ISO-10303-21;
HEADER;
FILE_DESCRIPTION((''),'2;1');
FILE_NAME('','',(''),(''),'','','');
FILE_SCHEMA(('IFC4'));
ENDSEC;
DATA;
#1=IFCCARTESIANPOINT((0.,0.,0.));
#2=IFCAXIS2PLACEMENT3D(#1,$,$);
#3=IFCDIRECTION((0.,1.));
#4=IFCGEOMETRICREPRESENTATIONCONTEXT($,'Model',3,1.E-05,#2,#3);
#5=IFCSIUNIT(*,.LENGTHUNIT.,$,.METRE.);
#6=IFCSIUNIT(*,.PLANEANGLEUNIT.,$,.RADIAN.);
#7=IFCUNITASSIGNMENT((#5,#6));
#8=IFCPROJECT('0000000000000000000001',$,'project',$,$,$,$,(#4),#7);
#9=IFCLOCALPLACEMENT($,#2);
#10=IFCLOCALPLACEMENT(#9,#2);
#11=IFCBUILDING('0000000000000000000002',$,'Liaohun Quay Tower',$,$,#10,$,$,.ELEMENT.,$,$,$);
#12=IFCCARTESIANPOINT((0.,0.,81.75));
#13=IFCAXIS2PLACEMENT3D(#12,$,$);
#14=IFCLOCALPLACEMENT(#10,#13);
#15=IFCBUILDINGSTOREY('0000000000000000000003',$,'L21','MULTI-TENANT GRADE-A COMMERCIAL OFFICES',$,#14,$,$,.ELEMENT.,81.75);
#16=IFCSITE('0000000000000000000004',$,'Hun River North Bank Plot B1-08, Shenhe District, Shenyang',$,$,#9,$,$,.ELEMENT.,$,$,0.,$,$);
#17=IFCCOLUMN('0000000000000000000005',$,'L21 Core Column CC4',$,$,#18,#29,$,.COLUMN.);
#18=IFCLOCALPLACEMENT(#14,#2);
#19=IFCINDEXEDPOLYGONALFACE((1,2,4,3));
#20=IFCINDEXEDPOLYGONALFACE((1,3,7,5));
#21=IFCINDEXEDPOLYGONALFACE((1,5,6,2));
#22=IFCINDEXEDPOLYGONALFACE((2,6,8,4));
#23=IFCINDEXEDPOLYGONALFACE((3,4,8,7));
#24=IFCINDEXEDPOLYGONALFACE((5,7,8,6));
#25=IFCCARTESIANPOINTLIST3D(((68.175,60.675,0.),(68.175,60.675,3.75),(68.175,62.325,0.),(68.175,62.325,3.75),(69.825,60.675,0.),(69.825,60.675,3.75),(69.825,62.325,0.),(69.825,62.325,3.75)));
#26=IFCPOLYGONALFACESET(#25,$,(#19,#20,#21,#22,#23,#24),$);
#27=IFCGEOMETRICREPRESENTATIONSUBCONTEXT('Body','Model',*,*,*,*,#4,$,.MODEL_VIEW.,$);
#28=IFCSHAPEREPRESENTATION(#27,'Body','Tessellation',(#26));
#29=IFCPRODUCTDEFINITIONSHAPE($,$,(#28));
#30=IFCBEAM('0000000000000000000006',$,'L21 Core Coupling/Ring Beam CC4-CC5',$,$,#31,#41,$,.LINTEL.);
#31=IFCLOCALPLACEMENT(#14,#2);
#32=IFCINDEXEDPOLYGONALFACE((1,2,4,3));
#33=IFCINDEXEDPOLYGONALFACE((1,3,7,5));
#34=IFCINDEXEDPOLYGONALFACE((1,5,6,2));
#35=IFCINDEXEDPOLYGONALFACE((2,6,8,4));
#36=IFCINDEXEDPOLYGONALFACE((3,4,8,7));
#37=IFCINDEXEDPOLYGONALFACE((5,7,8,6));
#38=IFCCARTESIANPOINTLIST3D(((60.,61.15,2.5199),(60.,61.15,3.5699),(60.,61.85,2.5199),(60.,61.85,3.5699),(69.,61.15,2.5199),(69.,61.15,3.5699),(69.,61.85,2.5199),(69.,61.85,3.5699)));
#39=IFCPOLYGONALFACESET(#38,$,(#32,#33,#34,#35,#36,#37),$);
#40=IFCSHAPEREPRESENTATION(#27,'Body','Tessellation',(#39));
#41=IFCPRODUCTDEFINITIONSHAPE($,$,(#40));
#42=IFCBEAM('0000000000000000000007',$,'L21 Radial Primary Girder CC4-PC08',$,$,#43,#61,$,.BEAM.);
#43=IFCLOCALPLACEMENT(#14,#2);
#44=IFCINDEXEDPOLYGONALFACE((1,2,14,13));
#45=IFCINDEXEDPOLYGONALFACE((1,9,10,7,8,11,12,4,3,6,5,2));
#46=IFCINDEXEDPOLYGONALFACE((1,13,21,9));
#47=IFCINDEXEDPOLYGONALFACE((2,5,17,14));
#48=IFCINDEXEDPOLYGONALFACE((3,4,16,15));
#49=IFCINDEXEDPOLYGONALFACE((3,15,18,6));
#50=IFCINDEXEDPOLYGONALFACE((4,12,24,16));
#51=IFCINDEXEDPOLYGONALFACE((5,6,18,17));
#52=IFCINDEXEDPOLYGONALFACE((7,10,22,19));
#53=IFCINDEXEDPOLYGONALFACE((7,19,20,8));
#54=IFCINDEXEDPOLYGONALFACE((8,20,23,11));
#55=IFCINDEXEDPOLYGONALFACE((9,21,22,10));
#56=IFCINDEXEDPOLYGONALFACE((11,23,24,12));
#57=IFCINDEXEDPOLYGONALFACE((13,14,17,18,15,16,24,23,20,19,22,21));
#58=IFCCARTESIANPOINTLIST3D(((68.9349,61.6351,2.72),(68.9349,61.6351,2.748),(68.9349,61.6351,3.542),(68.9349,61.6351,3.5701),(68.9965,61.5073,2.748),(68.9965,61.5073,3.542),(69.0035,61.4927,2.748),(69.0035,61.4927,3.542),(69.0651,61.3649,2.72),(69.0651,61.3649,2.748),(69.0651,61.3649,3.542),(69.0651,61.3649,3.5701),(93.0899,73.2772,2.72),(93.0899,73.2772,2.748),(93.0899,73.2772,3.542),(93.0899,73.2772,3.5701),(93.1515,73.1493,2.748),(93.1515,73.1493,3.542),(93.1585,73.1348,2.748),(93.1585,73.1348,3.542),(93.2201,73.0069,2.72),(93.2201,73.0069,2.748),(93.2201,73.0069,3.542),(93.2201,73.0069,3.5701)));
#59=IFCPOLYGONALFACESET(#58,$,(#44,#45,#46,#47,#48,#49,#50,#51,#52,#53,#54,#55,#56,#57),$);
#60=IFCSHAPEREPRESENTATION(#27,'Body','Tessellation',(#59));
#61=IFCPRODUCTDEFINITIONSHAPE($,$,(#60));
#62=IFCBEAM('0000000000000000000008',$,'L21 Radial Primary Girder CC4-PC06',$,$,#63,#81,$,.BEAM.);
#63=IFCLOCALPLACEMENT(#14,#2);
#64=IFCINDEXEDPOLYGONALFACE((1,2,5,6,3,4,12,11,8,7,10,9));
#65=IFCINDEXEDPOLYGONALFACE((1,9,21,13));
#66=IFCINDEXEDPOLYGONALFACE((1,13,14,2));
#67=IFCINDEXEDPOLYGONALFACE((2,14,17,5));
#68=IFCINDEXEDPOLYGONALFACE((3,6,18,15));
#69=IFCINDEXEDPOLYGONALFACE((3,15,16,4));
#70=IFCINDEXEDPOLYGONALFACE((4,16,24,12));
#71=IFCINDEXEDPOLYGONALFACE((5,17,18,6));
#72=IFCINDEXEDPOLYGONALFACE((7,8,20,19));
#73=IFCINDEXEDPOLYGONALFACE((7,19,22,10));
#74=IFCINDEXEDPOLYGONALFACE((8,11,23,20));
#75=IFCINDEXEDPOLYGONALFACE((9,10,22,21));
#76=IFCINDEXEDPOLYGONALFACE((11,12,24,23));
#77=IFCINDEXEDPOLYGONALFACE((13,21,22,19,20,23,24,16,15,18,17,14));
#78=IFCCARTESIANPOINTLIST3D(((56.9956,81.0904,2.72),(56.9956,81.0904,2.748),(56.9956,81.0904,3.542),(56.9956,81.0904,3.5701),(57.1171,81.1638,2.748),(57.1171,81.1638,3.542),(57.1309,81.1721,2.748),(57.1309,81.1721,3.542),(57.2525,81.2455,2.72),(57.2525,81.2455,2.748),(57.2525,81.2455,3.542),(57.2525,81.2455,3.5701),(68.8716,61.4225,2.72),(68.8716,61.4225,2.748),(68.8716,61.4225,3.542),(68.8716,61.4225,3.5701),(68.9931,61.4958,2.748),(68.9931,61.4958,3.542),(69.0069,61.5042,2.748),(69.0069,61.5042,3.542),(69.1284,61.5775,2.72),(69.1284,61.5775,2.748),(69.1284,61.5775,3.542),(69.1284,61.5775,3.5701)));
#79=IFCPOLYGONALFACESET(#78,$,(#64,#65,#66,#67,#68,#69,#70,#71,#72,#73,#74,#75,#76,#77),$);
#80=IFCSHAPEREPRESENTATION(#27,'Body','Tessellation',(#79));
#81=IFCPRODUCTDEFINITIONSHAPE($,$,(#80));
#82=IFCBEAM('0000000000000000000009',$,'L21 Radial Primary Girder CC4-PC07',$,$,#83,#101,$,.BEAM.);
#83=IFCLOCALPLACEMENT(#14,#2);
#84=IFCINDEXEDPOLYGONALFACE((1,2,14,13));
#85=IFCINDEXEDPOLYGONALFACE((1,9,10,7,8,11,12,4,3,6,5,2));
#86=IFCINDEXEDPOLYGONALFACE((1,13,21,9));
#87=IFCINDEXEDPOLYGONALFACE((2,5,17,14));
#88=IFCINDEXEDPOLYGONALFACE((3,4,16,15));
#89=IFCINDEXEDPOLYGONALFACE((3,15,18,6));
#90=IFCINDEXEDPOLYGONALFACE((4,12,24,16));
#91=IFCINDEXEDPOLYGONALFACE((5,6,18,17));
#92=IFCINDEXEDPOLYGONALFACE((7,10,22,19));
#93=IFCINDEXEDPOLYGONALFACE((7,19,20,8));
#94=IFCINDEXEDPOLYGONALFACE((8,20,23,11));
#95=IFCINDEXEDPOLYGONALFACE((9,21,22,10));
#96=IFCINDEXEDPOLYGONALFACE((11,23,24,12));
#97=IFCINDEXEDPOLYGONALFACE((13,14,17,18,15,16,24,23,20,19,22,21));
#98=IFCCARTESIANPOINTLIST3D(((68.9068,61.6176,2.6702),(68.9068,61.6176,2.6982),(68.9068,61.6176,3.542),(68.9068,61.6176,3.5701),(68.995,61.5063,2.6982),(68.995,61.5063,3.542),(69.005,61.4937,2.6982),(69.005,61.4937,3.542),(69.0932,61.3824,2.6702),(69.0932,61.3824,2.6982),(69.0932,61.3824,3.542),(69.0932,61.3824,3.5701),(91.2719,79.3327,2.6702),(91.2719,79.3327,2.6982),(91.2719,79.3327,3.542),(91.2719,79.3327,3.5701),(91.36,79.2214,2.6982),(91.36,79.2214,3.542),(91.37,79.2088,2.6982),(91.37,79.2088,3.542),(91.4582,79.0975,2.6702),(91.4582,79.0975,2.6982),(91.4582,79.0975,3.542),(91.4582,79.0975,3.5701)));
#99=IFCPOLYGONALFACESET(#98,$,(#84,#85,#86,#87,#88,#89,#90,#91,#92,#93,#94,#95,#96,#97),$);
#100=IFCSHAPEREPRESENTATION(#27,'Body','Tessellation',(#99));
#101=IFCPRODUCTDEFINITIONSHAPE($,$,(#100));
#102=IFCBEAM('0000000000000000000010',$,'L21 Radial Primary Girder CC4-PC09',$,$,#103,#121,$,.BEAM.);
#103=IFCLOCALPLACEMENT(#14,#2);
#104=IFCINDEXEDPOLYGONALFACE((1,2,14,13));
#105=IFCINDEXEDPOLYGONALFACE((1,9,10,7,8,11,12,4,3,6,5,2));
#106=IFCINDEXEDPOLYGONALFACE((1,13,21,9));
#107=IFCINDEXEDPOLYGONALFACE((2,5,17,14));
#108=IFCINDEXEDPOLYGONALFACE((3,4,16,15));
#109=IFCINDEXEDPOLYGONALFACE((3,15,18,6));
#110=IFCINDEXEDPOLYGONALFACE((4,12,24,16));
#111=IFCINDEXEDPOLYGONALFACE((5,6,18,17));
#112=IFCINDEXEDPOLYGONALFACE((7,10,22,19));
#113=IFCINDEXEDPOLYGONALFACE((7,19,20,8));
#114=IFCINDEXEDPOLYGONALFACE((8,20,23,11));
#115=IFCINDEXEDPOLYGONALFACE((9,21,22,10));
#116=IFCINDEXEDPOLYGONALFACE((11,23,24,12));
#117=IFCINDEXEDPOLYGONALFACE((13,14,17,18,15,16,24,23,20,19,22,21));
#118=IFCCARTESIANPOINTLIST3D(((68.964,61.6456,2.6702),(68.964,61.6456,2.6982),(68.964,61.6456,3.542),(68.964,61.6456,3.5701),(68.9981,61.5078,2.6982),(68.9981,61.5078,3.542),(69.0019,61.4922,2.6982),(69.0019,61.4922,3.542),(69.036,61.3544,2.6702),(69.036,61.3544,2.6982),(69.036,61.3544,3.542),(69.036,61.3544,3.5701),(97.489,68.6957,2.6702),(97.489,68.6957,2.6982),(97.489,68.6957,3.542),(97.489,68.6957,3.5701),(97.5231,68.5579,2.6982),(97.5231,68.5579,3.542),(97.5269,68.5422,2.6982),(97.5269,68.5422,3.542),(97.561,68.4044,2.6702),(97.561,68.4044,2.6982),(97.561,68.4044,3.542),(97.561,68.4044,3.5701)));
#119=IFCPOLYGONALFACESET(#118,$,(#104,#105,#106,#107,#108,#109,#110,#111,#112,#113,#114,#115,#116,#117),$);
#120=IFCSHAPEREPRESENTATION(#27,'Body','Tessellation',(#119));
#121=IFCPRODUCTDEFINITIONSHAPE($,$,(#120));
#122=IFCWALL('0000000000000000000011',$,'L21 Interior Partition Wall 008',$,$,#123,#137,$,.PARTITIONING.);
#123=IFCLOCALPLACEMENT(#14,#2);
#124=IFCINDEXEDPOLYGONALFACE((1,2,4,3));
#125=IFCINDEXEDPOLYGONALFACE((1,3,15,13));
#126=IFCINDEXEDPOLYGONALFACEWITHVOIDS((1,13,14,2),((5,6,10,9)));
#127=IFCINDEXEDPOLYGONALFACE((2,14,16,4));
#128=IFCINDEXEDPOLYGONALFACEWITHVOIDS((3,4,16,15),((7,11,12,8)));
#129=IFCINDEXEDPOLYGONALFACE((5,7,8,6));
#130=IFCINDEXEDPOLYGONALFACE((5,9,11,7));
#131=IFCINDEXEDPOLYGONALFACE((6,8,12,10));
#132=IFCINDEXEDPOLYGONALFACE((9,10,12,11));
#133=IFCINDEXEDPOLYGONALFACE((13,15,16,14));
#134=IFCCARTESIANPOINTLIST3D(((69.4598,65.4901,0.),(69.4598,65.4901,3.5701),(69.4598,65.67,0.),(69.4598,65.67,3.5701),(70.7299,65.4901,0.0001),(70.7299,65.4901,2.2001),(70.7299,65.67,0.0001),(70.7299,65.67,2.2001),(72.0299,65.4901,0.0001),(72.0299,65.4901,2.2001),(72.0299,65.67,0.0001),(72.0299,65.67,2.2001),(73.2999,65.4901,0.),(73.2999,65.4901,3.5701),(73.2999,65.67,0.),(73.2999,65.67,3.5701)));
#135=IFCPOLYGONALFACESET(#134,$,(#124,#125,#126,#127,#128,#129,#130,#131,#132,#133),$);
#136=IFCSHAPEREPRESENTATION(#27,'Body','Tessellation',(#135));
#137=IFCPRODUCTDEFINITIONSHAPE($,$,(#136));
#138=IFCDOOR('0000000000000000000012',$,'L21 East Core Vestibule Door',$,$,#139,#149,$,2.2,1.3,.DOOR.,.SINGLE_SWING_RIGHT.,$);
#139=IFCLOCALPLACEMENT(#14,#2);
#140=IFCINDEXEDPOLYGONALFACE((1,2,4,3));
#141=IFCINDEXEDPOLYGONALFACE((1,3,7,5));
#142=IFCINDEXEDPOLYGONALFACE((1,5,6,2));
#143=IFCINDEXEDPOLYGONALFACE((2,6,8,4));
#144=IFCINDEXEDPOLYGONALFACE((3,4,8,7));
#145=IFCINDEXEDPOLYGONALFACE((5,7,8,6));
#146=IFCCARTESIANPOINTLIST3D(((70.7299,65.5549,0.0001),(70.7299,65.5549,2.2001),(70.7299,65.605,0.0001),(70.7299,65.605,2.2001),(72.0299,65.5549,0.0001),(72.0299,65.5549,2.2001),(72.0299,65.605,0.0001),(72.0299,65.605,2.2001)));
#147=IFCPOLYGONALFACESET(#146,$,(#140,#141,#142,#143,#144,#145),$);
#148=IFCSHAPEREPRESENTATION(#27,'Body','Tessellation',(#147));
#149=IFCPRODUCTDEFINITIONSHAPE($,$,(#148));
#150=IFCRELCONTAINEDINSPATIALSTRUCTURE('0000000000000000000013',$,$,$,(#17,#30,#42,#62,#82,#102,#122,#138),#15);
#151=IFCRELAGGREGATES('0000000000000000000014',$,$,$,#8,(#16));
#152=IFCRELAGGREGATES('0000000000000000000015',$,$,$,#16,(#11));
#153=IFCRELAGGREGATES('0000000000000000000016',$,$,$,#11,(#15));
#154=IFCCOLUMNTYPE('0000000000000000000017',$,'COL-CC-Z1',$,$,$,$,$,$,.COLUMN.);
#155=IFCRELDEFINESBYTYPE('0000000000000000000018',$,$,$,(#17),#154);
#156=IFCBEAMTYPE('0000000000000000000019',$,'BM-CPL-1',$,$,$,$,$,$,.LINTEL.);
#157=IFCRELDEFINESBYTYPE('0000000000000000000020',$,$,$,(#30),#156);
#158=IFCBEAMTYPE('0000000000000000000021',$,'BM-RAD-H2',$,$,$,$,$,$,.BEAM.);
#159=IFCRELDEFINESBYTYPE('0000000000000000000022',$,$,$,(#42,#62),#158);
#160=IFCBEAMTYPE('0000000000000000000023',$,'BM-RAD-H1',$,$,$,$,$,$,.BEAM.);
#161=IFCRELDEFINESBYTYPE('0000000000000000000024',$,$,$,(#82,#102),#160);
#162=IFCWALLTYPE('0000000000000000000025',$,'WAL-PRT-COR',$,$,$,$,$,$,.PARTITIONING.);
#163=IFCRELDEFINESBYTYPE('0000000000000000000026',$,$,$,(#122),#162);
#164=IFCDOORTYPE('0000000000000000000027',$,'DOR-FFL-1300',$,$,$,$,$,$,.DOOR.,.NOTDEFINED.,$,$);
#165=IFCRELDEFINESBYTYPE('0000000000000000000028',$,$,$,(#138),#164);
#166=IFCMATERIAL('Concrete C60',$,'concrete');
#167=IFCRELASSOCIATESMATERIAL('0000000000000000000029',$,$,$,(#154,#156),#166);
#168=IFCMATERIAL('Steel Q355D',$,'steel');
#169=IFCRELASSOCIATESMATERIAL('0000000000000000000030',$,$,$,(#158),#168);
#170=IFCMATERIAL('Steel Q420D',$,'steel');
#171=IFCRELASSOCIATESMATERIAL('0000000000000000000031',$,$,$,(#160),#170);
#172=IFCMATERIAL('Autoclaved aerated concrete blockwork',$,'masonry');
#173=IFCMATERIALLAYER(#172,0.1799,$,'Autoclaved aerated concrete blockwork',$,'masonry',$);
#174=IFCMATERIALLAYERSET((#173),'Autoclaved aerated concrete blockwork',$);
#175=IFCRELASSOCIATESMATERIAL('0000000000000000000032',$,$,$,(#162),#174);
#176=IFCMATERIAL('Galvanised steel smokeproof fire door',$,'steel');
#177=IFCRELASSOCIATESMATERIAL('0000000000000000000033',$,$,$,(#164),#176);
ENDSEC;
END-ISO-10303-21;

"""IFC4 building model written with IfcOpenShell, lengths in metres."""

from ifc_helpers import new_model, si_unit, direction, frame, frame_2d, origin, origin_2d, place, context, subcontext, project, spatial, rectangle, i_section, extrude, source, transform, mapped, material, layer, layer_set, material_profile, profile_set, type_object, element, fill, save


model = new_model("IFC4")

# Units and contexts
model_context = context("Model", 3, precision=1e-05, world=origin(), true_north=direction((0.0, 1.0)))
body_context = subcontext(model_context, "Body", "Model", "MODEL_VIEW")
ifc_project = project(units=[si_unit("LENGTHUNIT", "METRE"), si_unit("PLANEANGLEUNIT", "RADIAN")], contexts=[model_context])

# Site, building, storey
site_placement = place(None, origin())
site = spatial("IfcSite", under=ifc_project, at=site_placement, Name="Hun River North Bank Plot B1-08, Shenhe District, Shenyang", CompositionType="ELEMENT", RefElevation=0.0)
building_placement = place(site_placement, origin())
building = spatial("IfcBuilding", under=site, at=building_placement, Name="Liaohun Quay Tower", CompositionType="ELEMENT")
storey_placement = place(building_placement, frame((0.0, 0.0, 81.75)))
storey = spatial("IfcBuildingStorey", under=building, at=storey_placement, Name="L21", Description="MULTI-TENANT GRADE-A COMMERCIAL OFFICES", CompositionType="ELEMENT", Elevation=81.75)

# Column
ifc_material_1 = material(Name="Concrete C60", Category="concrete")
ifc_material_profile_1 = material_profile(ifc_material_1, rectangle(XDim=1.6499, YDim=1.6499, at=origin_2d()), Name="RC1650x1650")
ifc_profile_set_1 = profile_set([ifc_material_profile_1], Name="Concrete C60")
column_type = type_object("IfcColumnType", Name="COL-CC-Z1", PredefinedType="COLUMN", material=ifc_profile_set_1)
shared_shape_1 = source(origin(), body_context, "Body", "SweptSolid", [
    extrude(rectangle(XDim=1.6499, YDim=1.6499, at=origin_2d()), origin(), (0.0, 0.0, 1.0), 3.75),
])
column_placement = place(storey_placement, frame((69.0, 61.5, 0.0), z_axis=(0.0, 0.0, 1.0), x_axis=(1.0, 0.0, 0.0)))
element("IfcColumn", 1, at=column_placement, inside=storey, type_object=column_type, Name="L21 Core Column CC4", PredefinedType="COLUMN", context=body_context, shape_type="MappedRepresentation", body=[
    mapped(shared_shape_1, transform((0.0, 0.0, 0.0), x_axis=(1.0, 0.0, 0.0), y_axis=(0.0, 1.0, 0.0), z_axis=(0.0, 0.0, 1.0), scale=1.0)),
])

# Beams
ifc_material_profile_2 = material_profile(ifc_material_1, rectangle(XDim=0.7, YDim=1.05, at=origin_2d()), Name="RC700x1050")
ifc_profile_set_2 = profile_set([ifc_material_profile_2], Name="Concrete C60")
beam_type_1 = type_object("IfcBeamType", Name="BM-CPL-1", PredefinedType="LINTEL", material=ifc_profile_set_2)
shared_shape_2 = source(origin(), body_context, "Body", "SweptSolid", [
    extrude(rectangle(XDim=0.7, YDim=1.05, at=origin_2d()), origin(), (0.0, 0.0, 1.0), 9.0),
])
beam_1_placement = place(storey_placement, frame((69.0, 61.5, 3.0449), z_axis=(-1.0, 0.0, 0.0), x_axis=(0.0, -1.0, 0.0)))
element("IfcBeam", 2, at=beam_1_placement, inside=storey, type_object=beam_type_1, Name="L21 Core Coupling/Ring Beam CC4-CC5", PredefinedType="LINTEL", context=body_context, shape_type="MappedRepresentation", body=[
    mapped(shared_shape_2, transform((0.0, 0.0, 0.0), x_axis=(1.0, 0.0, 0.0), y_axis=(0.0, 1.0, 0.0), z_axis=(0.0, 0.0, 1.0), scale=1.0)),
])
ifc_material_2 = material(Name="Steel Q355D", Category="steel")
ifc_material_profile_3 = material_profile(ifc_material_2, i_section(OverallWidth=0.3, OverallDepth=0.8501, WebThickness=0.0161, FlangeThickness=0.0281, at=origin_2d()), Name="HN850x300x16x28")
ifc_profile_set_3 = profile_set([ifc_material_profile_3], Name="Steel Q355D")
beam_type_2 = type_object("IfcBeamType", Name="BM-RAD-H2", PredefinedType="BEAM", material=ifc_profile_set_3)
shared_shape_3 = source(origin(), body_context, "Body", "SweptSolid", [
    extrude(i_section(OverallWidth=0.3, OverallDepth=0.8501, WebThickness=0.0161, FlangeThickness=0.0281, at=origin_2d()), origin(), (0.0, 0.0, 1.0), 26.8142),
])
beam_2_placement = place(storey_placement, frame((69.0, 61.5, 3.145), z_axis=(0.900828, 0.434176, 0.0), x_axis=(-0.434176, 0.900828, 0.0)))
element("IfcBeam", 3, at=beam_2_placement, inside=storey, type_object=beam_type_2, Name="L21 Radial Primary Girder CC4-PC08", PredefinedType="BEAM", context=body_context, shape_type="MappedRepresentation", body=[
    mapped(shared_shape_3, transform((0.0, 0.0, 0.0), x_axis=(1.0, 0.0, 0.0), y_axis=(0.0, 1.0, 0.0), z_axis=(0.0, 0.0, 1.0), scale=1.0)),
])
shared_shape_4 = source(origin(), body_context, "Body", "SweptSolid", [
    extrude(i_section(OverallWidth=0.3, OverallDepth=0.8501, WebThickness=0.0161, FlangeThickness=0.0281, at=origin_2d()), origin(), (0.0, 0.0, 1.0), 22.9753),
])
beam_3_placement = place(storey_placement, frame((69.0, 61.5, 3.145), z_axis=(-0.5169, 0.856046, 0.0), x_axis=(-0.856046, -0.5169, 0.0)))
element("IfcBeam", 4, at=beam_3_placement, inside=storey, type_object=beam_type_2, Name="L21 Radial Primary Girder CC4-PC06", PredefinedType="BEAM", context=body_context, shape_type="MappedRepresentation", body=[
    mapped(shared_shape_4, transform((0.0, 0.0, 0.0), x_axis=(1.0, 0.0, 0.0), y_axis=(0.0, 1.0, 0.0), z_axis=(0.0, 0.0, 1.0), scale=1.0)),
])
ifc_material_3 = material(Name="Steel Q420D", Category="steel")
ifc_material_profile_4 = material_profile(ifc_material_3, i_section(OverallWidth=0.3, OverallDepth=0.8999, WebThickness=0.0161, FlangeThickness=0.0281, at=origin_2d()), Name="HN900x300x16x28")
ifc_profile_set_4 = profile_set([ifc_material_profile_4], Name="Steel Q420D")
beam_type_3 = type_object("IfcBeamType", Name="BM-RAD-H1", PredefinedType="BEAM", material=ifc_profile_set_4)
shared_shape_5 = source(origin(), body_context, "Body", "SweptSolid", [
    extrude(i_section(OverallWidth=0.3, OverallDepth=0.8999, WebThickness=0.0161, FlangeThickness=0.0281, at=origin_2d()), origin(), (0.0, 0.0, 1.0), 28.531),
])
beam_4_placement = place(storey_placement, frame((69.0, 61.5, 3.1201), z_axis=(0.783884, 0.620907, 0.0), x_axis=(-0.620907, 0.783884, 0.0)))
element("IfcBeam", 5, at=beam_4_placement, inside=storey, type_object=beam_type_3, Name="L21 Radial Primary Girder CC4-PC07", PredefinedType="BEAM", context=body_context, shape_type="MappedRepresentation", body=[
    mapped(shared_shape_5, transform((0.0, 0.0, 0.0), x_axis=(1.0, 0.0, 0.0), y_axis=(0.0, 1.0, 0.0), z_axis=(0.0, 0.0, 1.0), scale=1.0)),
])
shared_shape_6 = source(origin(), body_context, "Body", "SweptSolid", [
    extrude(i_section(OverallWidth=0.3, OverallDepth=0.8999, WebThickness=0.0161, FlangeThickness=0.0281, at=origin_2d()), origin(), (0.0, 0.0, 1.0), 29.3833),
])
beam_5_placement = place(storey_placement, frame((69.0, 61.5, 3.1201), z_axis=(0.970789, 0.239935, 0.0), x_axis=(-0.239935, 0.970789, 0.0)))
element("IfcBeam", 6, at=beam_5_placement, inside=storey, type_object=beam_type_3, Name="L21 Radial Primary Girder CC4-PC09", PredefinedType="BEAM", context=body_context, shape_type="MappedRepresentation", body=[
    mapped(shared_shape_6, transform((0.0, 0.0, 0.0), x_axis=(1.0, 0.0, 0.0), y_axis=(0.0, 1.0, 0.0), z_axis=(0.0, 0.0, 1.0), scale=1.0)),
])

# Wall, opening, door
ifc_material_4 = material(Name="Autoclaved aerated concrete blockwork", Category="masonry")
ifc_layer_1 = layer(ifc_material_4, 0.1799, Name="Autoclaved aerated concrete blockwork", Category="masonry")
ifc_layer_set_1 = layer_set([ifc_layer_1], Name="Autoclaved aerated concrete blockwork")
wall_type_1 = type_object("IfcWallType", Name="WAL-PRT-COR", PredefinedType="PARTITIONING", material=ifc_layer_set_1)
wall_1_placement = place(storey_placement, frame((69.46, 65.5801, 0.0), z_axis=(0.0, 0.0, 1.0), x_axis=(1.0, 0.0, 0.0)))
wall_1 = element("IfcWall", 7, at=wall_1_placement, inside=storey, type_object=wall_type_1, Name="L21 Interior Partition Wall 008", PredefinedType="PARTITIONING", context=body_context, shape_type="SweptSolid", body=[
    extrude(rectangle(XDim=3.8401, YDim=0.1799, at=frame_2d((1.9199, 0.0))), origin(), (0.0, 0.0, 1.0), 3.5701),
])
shared_shape_7 = source(origin(), body_context, "Body", "SweptSolid", [
    extrude(rectangle(XDim=1.3, YDim=2.2, at=frame_2d((0.6499, 1.1001))), frame((0.0, 0.0999, 0.0), z_axis=(0.0, -1.0, 0.0), x_axis=(1.0, 0.0, 0.0)), (0.0, 0.0, 1.0), 0.2),
])
opening_1_placement = place(wall_1_placement, frame((1.27, 0.0, 0.0)))
opening_1 = element("IfcOpeningElement", 8, at=opening_1_placement, cuts=wall_1, PredefinedType="OPENING", context=body_context, shape_type="MappedRepresentation", body=[
    mapped(shared_shape_7, transform((0.0, 0.0, 0.0), x_axis=(1.0, 0.0, 0.0), y_axis=(0.0, 1.0, 0.0), z_axis=(0.0, 0.0, 1.0), scale=1.0)),
])
ifc_material_5 = material(Name="Galvanised steel smokeproof fire door", Category="steel")
door_type_1 = type_object("IfcDoorType", Name="DOR-FFL-1300", OperationType="NOTDEFINED", PredefinedType="DOOR", material=ifc_material_5)
shared_shape_8 = source(origin(), body_context, "Body", "SweptSolid", [
    extrude(rectangle(XDim=1.3, YDim=2.2, at=frame_2d((0.6499, 1.1001))), frame((0.0, 0.0249, 0.0), z_axis=(0.0, -1.0, 0.0), x_axis=(1.0, 0.0, 0.0)), (0.0, 0.0, 1.0), 0.05),
])
door_1_placement = place(opening_1_placement, origin())
door_1 = element("IfcDoor", 9, at=door_1_placement, inside=storey, type_object=door_type_1, Name="L21 East Core Vestibule Door", OperationType="SINGLE_SWING_RIGHT", OverallHeight=2.2, OverallWidth=1.3, PredefinedType="DOOR", context=body_context, shape_type="MappedRepresentation", body=[
    mapped(shared_shape_8, transform((0.0, 0.0, 0.0), x_axis=(1.0, 0.0, 0.0), y_axis=(0.0, 1.0, 0.0), z_axis=(0.0, 0.0, 1.0), scale=1.0)),
])
fill(opening_1, door_1)

save(model, "model.ifc")
